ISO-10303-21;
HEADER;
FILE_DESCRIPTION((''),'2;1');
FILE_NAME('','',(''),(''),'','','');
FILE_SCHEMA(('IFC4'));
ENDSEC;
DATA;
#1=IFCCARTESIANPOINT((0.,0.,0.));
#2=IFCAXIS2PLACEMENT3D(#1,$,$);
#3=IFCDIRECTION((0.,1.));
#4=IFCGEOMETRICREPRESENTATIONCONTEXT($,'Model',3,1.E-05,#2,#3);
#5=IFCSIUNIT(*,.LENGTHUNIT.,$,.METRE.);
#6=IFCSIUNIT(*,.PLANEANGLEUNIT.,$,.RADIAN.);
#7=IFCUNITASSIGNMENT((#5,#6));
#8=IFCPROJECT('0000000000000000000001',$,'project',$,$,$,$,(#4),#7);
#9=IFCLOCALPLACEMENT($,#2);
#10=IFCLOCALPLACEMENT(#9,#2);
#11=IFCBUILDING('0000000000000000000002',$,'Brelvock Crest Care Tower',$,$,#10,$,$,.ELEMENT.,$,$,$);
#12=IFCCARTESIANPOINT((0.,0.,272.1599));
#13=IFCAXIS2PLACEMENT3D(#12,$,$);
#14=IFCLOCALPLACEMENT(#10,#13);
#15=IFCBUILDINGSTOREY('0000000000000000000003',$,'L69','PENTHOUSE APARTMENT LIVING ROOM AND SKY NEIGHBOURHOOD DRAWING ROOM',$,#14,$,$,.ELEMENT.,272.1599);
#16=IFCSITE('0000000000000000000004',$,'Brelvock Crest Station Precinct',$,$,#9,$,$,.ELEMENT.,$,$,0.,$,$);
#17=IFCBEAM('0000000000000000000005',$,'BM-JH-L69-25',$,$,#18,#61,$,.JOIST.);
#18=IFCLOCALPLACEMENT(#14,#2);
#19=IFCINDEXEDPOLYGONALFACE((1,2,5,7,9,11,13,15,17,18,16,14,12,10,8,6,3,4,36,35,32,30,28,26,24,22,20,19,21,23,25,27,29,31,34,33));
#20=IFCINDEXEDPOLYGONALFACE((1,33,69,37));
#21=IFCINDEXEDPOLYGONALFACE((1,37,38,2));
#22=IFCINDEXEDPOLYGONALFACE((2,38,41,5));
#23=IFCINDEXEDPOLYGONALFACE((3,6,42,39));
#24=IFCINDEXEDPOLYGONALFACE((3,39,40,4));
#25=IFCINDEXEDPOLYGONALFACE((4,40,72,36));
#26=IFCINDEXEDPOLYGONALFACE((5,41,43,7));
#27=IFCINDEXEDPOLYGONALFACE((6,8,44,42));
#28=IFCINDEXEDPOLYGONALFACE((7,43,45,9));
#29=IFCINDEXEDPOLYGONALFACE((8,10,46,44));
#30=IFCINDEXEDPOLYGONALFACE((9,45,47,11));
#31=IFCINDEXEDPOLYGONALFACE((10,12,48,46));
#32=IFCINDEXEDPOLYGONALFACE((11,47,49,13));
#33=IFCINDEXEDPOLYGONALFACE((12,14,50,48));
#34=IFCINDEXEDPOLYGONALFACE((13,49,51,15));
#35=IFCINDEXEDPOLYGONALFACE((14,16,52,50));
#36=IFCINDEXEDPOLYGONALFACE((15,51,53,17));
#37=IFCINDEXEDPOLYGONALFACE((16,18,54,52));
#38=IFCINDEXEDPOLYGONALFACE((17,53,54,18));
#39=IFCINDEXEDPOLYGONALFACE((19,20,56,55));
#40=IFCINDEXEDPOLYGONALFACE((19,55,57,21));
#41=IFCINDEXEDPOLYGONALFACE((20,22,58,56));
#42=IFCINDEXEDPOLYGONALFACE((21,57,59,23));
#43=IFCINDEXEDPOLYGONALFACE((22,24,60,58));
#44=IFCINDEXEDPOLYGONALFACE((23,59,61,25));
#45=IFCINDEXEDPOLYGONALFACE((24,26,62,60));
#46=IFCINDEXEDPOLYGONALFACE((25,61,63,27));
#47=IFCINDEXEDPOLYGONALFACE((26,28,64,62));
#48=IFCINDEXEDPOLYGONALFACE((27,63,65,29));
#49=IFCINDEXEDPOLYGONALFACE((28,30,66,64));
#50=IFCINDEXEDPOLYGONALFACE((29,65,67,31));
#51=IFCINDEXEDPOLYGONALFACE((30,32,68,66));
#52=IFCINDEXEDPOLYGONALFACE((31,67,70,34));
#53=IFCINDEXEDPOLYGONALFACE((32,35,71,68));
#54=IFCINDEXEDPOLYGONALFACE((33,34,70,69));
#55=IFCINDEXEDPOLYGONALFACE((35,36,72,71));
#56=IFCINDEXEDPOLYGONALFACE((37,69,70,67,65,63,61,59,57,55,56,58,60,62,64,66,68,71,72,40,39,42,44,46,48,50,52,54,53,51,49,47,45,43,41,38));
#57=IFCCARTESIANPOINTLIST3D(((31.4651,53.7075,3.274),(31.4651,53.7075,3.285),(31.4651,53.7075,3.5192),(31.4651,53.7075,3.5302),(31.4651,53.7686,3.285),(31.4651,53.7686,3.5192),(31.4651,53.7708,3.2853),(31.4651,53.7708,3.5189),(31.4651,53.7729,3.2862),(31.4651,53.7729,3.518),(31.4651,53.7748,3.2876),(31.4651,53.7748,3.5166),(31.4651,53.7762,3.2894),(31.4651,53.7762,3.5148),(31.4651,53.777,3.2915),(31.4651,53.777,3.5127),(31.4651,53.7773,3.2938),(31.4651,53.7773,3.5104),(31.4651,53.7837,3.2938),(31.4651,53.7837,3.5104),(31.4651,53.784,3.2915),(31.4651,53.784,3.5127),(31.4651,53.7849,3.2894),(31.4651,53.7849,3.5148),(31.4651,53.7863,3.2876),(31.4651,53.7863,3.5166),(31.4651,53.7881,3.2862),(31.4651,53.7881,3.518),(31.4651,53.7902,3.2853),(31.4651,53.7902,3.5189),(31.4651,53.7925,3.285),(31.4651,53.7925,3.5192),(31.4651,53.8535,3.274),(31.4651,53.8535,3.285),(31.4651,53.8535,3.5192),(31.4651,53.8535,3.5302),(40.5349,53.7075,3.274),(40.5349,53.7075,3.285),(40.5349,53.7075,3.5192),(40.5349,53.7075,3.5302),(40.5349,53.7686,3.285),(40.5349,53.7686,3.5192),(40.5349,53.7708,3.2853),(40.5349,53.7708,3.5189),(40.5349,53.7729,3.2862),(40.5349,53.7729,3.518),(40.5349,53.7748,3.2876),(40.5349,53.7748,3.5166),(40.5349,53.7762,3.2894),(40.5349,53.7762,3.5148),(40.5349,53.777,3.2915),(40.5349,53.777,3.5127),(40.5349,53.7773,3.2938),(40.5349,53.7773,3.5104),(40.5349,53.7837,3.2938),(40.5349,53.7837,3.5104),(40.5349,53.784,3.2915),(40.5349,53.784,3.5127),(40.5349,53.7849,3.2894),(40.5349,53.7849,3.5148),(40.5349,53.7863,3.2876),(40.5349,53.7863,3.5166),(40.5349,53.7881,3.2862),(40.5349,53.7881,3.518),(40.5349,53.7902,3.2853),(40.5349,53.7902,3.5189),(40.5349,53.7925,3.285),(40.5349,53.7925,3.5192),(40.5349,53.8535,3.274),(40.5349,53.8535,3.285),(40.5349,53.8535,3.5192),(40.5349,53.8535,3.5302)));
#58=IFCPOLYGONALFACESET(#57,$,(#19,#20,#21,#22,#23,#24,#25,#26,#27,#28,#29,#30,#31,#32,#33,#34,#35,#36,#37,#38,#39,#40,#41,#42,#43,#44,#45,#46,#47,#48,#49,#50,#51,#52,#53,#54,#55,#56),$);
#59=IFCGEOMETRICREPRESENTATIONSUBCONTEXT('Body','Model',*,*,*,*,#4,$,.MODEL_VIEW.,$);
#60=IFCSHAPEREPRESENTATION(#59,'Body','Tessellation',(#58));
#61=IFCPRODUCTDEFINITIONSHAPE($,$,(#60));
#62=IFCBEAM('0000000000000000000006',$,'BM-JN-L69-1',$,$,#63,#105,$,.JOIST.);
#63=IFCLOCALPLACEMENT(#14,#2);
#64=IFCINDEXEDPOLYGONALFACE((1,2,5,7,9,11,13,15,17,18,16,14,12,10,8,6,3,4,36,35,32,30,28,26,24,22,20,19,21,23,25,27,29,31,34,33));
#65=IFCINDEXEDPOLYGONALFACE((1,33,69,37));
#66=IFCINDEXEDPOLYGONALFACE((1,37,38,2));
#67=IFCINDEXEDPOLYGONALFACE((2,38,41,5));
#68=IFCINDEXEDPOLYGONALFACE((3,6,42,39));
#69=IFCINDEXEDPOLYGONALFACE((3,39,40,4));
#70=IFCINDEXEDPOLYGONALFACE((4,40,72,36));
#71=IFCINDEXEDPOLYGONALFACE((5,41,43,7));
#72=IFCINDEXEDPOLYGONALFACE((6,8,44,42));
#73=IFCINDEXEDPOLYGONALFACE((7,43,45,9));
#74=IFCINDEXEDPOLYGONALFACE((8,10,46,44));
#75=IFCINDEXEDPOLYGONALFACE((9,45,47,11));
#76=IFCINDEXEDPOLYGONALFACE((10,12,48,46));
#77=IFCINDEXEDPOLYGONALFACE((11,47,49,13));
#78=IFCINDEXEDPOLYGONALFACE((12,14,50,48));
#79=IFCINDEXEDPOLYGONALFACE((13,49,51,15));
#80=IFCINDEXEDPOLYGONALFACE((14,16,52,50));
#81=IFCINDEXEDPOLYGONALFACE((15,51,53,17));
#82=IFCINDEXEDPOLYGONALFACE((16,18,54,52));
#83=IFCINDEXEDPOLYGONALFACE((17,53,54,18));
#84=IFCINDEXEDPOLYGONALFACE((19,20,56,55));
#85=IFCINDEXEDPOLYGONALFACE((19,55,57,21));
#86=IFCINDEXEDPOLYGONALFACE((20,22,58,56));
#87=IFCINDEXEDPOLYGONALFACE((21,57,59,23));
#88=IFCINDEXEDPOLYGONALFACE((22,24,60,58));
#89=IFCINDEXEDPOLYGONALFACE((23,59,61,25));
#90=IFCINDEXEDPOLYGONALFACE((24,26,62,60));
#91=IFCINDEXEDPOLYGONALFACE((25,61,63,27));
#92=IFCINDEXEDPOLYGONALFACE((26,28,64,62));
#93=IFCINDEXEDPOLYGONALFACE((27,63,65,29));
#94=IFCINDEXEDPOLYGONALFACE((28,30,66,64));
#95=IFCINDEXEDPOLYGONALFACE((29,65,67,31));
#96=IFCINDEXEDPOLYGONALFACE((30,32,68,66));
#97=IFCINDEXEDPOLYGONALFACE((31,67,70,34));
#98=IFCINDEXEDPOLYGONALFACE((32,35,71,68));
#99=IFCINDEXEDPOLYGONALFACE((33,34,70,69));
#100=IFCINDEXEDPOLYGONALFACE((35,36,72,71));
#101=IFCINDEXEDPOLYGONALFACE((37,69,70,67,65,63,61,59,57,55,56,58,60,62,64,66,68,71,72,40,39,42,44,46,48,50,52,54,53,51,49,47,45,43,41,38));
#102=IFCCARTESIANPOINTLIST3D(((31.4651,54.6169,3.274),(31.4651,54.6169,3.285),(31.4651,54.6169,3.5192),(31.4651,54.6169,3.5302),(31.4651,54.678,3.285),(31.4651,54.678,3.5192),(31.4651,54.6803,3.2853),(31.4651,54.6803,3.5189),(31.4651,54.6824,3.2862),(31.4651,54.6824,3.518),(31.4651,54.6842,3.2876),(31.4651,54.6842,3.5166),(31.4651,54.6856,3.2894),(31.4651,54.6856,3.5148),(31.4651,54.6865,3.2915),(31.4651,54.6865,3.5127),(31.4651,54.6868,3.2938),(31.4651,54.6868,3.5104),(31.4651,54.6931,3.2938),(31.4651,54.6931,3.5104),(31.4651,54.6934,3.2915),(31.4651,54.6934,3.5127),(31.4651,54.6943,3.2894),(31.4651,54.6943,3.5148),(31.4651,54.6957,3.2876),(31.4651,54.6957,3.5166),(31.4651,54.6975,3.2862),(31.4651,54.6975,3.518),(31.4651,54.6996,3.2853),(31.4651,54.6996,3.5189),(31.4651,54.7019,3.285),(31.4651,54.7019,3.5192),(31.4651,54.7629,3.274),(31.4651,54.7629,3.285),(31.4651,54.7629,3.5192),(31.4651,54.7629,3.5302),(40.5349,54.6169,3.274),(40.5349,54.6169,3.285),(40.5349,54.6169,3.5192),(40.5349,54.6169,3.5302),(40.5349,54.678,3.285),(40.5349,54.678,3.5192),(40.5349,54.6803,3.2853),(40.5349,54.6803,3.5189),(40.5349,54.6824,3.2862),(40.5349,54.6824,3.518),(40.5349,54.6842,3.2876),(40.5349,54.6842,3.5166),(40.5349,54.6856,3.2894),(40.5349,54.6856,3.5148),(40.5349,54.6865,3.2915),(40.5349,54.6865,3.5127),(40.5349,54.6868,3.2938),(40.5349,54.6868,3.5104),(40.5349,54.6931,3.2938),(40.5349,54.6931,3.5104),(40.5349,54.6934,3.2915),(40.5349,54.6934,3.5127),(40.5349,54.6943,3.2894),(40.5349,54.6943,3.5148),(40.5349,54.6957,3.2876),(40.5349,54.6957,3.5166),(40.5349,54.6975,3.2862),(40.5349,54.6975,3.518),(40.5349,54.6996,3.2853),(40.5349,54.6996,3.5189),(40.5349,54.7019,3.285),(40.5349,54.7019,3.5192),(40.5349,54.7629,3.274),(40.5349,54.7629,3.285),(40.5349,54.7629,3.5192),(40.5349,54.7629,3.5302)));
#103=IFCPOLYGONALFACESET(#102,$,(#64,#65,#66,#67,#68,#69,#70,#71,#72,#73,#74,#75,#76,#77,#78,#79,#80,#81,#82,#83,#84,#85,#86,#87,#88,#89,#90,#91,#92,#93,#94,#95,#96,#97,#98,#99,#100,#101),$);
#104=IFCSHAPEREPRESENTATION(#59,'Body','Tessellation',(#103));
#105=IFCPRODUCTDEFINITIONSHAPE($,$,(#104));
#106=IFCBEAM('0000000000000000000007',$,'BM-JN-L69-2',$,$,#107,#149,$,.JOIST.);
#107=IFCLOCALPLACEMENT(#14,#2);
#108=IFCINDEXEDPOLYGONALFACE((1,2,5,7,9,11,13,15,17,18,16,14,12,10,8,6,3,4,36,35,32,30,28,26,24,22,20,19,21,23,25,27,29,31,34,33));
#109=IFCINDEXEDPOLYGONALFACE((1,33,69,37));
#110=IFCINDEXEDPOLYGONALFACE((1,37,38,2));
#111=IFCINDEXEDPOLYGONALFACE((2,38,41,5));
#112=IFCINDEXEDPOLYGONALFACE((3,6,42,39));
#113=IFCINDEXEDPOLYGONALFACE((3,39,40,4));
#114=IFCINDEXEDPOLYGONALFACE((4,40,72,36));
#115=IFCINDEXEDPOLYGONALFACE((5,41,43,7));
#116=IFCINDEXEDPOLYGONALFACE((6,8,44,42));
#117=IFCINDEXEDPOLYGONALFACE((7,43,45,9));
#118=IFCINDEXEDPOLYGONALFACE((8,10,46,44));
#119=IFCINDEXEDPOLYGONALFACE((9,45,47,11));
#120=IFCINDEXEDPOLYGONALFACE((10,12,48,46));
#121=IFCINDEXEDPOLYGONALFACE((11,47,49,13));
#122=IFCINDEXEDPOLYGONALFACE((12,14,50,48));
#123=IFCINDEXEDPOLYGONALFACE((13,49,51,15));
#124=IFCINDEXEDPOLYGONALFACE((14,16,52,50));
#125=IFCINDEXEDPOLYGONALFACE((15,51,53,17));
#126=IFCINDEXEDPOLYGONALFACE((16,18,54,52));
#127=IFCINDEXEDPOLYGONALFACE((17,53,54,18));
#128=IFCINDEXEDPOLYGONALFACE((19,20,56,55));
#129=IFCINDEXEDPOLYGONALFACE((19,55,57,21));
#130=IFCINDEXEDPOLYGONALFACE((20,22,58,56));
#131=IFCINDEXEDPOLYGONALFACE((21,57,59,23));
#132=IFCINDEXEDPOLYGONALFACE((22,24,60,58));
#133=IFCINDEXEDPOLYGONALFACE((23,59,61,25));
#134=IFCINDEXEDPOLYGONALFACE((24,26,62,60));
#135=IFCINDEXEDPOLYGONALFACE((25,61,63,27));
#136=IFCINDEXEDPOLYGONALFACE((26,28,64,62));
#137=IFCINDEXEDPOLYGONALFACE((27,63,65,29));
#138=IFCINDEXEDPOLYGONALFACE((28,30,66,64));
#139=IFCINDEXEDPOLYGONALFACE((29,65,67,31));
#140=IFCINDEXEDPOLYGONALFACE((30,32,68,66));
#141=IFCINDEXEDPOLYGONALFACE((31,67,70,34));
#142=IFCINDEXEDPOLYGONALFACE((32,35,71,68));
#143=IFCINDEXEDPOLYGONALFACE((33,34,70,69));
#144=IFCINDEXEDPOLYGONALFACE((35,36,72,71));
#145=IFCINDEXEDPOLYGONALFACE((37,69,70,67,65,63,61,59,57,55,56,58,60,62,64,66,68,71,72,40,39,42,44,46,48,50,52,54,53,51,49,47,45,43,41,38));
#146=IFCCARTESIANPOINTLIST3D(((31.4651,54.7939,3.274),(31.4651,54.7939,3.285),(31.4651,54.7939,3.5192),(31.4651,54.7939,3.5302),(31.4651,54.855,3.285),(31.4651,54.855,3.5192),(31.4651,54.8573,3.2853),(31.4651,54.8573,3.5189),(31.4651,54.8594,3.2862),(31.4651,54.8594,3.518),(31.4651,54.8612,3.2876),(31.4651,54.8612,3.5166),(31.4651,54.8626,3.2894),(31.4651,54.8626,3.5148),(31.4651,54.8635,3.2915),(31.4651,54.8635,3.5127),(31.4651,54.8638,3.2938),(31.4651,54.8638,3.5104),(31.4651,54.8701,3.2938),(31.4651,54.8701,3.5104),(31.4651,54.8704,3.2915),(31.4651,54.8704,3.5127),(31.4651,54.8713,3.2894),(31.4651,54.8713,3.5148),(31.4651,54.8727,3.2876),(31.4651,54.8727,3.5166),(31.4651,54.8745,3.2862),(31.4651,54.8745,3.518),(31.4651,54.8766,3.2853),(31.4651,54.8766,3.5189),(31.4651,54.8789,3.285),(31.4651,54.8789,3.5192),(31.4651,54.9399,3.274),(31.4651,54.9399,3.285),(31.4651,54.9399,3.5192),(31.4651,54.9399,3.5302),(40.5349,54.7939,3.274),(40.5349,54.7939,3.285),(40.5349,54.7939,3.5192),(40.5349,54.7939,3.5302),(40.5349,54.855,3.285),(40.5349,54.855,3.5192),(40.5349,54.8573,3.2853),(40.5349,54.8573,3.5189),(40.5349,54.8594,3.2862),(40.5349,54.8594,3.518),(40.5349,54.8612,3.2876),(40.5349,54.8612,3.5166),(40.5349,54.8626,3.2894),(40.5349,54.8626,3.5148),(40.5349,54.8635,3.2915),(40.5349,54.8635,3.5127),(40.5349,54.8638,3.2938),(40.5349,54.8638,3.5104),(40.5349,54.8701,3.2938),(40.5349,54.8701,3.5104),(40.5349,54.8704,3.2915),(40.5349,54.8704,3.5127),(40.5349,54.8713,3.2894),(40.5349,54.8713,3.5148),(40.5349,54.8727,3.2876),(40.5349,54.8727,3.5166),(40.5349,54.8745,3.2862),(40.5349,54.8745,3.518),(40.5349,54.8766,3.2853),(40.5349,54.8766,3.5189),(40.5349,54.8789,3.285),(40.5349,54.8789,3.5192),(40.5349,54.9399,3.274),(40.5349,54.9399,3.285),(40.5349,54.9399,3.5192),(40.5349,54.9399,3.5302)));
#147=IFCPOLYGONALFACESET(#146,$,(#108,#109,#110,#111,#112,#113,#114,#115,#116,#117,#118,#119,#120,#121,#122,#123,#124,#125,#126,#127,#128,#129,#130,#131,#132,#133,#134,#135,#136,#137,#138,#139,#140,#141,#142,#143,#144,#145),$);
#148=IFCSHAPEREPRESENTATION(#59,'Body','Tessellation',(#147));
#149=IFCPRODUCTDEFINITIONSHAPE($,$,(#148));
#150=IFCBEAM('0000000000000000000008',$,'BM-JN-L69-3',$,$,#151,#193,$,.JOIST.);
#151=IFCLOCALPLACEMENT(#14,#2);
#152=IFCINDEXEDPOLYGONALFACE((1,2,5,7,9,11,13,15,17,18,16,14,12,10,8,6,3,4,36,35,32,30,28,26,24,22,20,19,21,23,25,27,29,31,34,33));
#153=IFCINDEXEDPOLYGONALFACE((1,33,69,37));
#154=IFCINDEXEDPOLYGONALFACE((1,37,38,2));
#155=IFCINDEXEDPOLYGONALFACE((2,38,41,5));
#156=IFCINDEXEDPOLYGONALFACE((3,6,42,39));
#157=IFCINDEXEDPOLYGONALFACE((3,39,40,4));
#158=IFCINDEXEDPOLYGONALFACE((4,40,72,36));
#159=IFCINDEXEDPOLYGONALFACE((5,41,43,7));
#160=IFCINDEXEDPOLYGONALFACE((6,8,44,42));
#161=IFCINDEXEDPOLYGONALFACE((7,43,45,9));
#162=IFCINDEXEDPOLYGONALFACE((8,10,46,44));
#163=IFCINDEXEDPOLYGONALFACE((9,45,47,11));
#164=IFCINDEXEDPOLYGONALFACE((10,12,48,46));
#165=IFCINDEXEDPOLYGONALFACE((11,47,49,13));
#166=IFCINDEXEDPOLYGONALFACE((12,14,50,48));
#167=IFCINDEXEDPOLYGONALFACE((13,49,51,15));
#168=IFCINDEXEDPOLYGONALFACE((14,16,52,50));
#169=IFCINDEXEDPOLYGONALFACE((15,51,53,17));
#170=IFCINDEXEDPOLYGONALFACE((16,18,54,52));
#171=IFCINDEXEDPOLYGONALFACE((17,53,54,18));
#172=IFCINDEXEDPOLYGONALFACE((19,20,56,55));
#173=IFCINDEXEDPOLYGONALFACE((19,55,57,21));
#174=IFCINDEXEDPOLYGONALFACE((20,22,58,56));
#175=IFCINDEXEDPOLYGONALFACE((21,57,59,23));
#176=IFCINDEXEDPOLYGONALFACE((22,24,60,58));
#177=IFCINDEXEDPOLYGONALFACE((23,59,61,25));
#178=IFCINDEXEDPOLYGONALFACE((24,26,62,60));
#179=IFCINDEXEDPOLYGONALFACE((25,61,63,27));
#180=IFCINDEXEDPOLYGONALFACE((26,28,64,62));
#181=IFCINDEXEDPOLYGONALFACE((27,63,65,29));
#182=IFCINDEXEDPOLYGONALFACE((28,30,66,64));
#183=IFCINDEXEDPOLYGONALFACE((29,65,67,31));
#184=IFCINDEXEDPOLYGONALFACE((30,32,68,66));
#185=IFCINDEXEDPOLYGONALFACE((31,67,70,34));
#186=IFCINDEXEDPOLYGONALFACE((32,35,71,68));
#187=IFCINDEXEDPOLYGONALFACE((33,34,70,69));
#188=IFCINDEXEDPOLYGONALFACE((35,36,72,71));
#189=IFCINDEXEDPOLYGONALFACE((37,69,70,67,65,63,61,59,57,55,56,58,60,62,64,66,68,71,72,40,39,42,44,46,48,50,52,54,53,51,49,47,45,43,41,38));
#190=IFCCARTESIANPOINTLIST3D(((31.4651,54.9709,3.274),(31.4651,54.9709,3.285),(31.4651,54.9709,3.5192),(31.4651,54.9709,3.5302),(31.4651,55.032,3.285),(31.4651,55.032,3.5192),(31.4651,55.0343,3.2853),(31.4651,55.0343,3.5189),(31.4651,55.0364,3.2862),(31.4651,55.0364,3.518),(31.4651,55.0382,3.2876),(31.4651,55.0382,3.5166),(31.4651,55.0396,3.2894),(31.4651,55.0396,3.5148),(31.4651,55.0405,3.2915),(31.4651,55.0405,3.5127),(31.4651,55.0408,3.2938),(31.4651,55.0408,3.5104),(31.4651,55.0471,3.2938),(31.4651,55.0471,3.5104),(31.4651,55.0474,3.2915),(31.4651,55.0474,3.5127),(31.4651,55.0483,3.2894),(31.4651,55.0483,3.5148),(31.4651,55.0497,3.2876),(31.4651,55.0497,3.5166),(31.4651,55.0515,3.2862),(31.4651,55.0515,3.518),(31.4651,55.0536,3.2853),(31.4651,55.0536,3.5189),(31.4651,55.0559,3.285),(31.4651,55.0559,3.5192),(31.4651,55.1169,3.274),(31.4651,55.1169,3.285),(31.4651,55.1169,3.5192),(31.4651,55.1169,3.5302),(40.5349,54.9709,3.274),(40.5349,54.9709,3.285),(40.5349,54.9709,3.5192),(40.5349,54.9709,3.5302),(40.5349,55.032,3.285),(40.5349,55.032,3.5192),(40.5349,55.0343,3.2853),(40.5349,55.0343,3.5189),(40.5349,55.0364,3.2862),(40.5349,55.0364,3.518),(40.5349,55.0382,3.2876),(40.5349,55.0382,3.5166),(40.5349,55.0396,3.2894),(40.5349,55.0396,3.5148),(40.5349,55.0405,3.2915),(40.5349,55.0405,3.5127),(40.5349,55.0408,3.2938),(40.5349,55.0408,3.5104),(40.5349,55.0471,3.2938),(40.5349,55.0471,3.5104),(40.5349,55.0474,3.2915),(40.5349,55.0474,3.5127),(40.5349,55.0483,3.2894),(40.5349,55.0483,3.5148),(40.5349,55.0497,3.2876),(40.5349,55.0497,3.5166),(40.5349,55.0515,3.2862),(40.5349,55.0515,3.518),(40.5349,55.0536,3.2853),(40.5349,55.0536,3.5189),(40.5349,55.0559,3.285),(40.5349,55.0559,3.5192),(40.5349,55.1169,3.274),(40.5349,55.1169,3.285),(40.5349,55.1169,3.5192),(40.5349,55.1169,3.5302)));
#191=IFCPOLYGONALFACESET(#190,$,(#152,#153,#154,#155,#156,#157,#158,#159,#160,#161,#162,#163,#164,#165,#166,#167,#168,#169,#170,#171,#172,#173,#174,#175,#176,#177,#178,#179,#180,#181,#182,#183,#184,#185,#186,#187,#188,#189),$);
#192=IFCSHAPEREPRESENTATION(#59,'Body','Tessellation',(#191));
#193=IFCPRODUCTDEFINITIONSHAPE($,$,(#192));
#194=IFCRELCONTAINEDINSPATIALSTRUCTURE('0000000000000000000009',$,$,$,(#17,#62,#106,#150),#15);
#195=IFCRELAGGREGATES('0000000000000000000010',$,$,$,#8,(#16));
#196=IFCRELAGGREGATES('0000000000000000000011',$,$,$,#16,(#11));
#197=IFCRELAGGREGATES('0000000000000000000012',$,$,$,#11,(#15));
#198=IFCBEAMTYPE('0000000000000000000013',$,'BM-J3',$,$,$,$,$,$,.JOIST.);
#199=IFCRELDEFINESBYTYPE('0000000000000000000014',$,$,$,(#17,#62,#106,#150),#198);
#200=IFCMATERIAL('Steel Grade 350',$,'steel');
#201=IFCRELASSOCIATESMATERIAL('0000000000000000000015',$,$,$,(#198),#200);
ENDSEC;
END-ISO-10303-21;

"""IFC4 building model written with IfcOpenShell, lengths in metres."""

from ifc_helpers import new_model, si_unit, direction, frame, origin, origin_2d, place, context, subcontext, project, spatial, i_section, extrude, source, transform, mapped, material, material_profile, profile_set, type_object, element, save


model = new_model("IFC4")

# Units and contexts
model_context = context("Model", 3, precision=1e-05, world=origin(), true_north=direction((0.0, 1.0)))
body_context = subcontext(model_context, "Body", "Model", "MODEL_VIEW")
ifc_project = project(units=[si_unit("LENGTHUNIT", "METRE"), si_unit("PLANEANGLEUNIT", "RADIAN")], contexts=[model_context])

# Site, building, storey
site_placement = place(None, origin())
site = spatial("IfcSite", under=ifc_project, at=site_placement, Name="Brelvock Crest Station Precinct", CompositionType="ELEMENT", RefElevation=0.0)
building_placement = place(site_placement, origin())
building = spatial("IfcBuilding", under=site, at=building_placement, Name="Brelvock Crest Care Tower", CompositionType="ELEMENT")
storey_placement = place(building_placement, frame((0.0, 0.0, 272.1599)))
storey = spatial("IfcBuildingStorey", under=building, at=storey_placement, Name="L69", Description="PENTHOUSE APARTMENT LIVING ROOM AND SKY NEIGHBOURHOOD DRAWING ROOM", CompositionType="ELEMENT", Elevation=272.1599)

# Shared definitions
ifc_material_1 = material(Name="Steel Grade 350", Category="steel")

# Beams
ifc_material_profile_1 = material_profile(ifc_material_1, i_section(OverallWidth=0.146, OverallDepth=0.2561, WebThickness=0.0063, FlangeThickness=0.011, FilletRadius=0.0088, at=origin_2d()), Name="250UB37.3")
ifc_profile_set_1 = profile_set([ifc_material_profile_1], Name="Steel Grade 350")
beam_type_1 = type_object("IfcBeamType", Name="BM-J3", PredefinedType="JOIST", material=ifc_profile_set_1)
shared_shape_1 = source(origin(), body_context, "Body", "SweptSolid", [
    extrude(i_section(OverallWidth=0.146, OverallDepth=0.2561, WebThickness=0.0063, FlangeThickness=0.011, FilletRadius=0.0088, at=origin_2d()), origin(), (0.0, 0.0, 1.0), 9.0698),
])
for number, where, z_axis, x_axis, name in (
    (1, (31.4651, 53.7805, 3.4021), (1.0, 0.0, 0.0), (0.0, 1.0, 0.0), "BM-JH-L69-25"),
    (2, (31.4651, 54.6899, 3.4021), (1.0, 0.0, 0.0), (0.0, 1.0, 0.0), "BM-JN-L69-1"),
    (3, (31.4651, 54.8669, 3.4021), (1.0, 0.0, 0.0), (0.0, 1.0, 0.0), "BM-JN-L69-2"),
    (4, (31.4651, 55.0439, 3.4021), (1.0, 0.0, 0.0), (0.0, 1.0, 0.0), "BM-JN-L69-3"),
):
    element("IfcBeam", number, at=place(storey_placement, frame(where, z_axis=z_axis, x_axis=x_axis)), inside=storey, type_object=beam_type_1, Name=name, PredefinedType="JOIST", context=body_context, shape_type="MappedRepresentation", body=[
        mapped(shared_shape_1, transform((0.0, 0.0, 0.0), x_axis=(1.0, 0.0, 0.0), y_axis=(0.0, 1.0, 0.0), z_axis=(0.0, 0.0, 1.0), scale=1.0)),
    ])

save(model, "model.ifc")
